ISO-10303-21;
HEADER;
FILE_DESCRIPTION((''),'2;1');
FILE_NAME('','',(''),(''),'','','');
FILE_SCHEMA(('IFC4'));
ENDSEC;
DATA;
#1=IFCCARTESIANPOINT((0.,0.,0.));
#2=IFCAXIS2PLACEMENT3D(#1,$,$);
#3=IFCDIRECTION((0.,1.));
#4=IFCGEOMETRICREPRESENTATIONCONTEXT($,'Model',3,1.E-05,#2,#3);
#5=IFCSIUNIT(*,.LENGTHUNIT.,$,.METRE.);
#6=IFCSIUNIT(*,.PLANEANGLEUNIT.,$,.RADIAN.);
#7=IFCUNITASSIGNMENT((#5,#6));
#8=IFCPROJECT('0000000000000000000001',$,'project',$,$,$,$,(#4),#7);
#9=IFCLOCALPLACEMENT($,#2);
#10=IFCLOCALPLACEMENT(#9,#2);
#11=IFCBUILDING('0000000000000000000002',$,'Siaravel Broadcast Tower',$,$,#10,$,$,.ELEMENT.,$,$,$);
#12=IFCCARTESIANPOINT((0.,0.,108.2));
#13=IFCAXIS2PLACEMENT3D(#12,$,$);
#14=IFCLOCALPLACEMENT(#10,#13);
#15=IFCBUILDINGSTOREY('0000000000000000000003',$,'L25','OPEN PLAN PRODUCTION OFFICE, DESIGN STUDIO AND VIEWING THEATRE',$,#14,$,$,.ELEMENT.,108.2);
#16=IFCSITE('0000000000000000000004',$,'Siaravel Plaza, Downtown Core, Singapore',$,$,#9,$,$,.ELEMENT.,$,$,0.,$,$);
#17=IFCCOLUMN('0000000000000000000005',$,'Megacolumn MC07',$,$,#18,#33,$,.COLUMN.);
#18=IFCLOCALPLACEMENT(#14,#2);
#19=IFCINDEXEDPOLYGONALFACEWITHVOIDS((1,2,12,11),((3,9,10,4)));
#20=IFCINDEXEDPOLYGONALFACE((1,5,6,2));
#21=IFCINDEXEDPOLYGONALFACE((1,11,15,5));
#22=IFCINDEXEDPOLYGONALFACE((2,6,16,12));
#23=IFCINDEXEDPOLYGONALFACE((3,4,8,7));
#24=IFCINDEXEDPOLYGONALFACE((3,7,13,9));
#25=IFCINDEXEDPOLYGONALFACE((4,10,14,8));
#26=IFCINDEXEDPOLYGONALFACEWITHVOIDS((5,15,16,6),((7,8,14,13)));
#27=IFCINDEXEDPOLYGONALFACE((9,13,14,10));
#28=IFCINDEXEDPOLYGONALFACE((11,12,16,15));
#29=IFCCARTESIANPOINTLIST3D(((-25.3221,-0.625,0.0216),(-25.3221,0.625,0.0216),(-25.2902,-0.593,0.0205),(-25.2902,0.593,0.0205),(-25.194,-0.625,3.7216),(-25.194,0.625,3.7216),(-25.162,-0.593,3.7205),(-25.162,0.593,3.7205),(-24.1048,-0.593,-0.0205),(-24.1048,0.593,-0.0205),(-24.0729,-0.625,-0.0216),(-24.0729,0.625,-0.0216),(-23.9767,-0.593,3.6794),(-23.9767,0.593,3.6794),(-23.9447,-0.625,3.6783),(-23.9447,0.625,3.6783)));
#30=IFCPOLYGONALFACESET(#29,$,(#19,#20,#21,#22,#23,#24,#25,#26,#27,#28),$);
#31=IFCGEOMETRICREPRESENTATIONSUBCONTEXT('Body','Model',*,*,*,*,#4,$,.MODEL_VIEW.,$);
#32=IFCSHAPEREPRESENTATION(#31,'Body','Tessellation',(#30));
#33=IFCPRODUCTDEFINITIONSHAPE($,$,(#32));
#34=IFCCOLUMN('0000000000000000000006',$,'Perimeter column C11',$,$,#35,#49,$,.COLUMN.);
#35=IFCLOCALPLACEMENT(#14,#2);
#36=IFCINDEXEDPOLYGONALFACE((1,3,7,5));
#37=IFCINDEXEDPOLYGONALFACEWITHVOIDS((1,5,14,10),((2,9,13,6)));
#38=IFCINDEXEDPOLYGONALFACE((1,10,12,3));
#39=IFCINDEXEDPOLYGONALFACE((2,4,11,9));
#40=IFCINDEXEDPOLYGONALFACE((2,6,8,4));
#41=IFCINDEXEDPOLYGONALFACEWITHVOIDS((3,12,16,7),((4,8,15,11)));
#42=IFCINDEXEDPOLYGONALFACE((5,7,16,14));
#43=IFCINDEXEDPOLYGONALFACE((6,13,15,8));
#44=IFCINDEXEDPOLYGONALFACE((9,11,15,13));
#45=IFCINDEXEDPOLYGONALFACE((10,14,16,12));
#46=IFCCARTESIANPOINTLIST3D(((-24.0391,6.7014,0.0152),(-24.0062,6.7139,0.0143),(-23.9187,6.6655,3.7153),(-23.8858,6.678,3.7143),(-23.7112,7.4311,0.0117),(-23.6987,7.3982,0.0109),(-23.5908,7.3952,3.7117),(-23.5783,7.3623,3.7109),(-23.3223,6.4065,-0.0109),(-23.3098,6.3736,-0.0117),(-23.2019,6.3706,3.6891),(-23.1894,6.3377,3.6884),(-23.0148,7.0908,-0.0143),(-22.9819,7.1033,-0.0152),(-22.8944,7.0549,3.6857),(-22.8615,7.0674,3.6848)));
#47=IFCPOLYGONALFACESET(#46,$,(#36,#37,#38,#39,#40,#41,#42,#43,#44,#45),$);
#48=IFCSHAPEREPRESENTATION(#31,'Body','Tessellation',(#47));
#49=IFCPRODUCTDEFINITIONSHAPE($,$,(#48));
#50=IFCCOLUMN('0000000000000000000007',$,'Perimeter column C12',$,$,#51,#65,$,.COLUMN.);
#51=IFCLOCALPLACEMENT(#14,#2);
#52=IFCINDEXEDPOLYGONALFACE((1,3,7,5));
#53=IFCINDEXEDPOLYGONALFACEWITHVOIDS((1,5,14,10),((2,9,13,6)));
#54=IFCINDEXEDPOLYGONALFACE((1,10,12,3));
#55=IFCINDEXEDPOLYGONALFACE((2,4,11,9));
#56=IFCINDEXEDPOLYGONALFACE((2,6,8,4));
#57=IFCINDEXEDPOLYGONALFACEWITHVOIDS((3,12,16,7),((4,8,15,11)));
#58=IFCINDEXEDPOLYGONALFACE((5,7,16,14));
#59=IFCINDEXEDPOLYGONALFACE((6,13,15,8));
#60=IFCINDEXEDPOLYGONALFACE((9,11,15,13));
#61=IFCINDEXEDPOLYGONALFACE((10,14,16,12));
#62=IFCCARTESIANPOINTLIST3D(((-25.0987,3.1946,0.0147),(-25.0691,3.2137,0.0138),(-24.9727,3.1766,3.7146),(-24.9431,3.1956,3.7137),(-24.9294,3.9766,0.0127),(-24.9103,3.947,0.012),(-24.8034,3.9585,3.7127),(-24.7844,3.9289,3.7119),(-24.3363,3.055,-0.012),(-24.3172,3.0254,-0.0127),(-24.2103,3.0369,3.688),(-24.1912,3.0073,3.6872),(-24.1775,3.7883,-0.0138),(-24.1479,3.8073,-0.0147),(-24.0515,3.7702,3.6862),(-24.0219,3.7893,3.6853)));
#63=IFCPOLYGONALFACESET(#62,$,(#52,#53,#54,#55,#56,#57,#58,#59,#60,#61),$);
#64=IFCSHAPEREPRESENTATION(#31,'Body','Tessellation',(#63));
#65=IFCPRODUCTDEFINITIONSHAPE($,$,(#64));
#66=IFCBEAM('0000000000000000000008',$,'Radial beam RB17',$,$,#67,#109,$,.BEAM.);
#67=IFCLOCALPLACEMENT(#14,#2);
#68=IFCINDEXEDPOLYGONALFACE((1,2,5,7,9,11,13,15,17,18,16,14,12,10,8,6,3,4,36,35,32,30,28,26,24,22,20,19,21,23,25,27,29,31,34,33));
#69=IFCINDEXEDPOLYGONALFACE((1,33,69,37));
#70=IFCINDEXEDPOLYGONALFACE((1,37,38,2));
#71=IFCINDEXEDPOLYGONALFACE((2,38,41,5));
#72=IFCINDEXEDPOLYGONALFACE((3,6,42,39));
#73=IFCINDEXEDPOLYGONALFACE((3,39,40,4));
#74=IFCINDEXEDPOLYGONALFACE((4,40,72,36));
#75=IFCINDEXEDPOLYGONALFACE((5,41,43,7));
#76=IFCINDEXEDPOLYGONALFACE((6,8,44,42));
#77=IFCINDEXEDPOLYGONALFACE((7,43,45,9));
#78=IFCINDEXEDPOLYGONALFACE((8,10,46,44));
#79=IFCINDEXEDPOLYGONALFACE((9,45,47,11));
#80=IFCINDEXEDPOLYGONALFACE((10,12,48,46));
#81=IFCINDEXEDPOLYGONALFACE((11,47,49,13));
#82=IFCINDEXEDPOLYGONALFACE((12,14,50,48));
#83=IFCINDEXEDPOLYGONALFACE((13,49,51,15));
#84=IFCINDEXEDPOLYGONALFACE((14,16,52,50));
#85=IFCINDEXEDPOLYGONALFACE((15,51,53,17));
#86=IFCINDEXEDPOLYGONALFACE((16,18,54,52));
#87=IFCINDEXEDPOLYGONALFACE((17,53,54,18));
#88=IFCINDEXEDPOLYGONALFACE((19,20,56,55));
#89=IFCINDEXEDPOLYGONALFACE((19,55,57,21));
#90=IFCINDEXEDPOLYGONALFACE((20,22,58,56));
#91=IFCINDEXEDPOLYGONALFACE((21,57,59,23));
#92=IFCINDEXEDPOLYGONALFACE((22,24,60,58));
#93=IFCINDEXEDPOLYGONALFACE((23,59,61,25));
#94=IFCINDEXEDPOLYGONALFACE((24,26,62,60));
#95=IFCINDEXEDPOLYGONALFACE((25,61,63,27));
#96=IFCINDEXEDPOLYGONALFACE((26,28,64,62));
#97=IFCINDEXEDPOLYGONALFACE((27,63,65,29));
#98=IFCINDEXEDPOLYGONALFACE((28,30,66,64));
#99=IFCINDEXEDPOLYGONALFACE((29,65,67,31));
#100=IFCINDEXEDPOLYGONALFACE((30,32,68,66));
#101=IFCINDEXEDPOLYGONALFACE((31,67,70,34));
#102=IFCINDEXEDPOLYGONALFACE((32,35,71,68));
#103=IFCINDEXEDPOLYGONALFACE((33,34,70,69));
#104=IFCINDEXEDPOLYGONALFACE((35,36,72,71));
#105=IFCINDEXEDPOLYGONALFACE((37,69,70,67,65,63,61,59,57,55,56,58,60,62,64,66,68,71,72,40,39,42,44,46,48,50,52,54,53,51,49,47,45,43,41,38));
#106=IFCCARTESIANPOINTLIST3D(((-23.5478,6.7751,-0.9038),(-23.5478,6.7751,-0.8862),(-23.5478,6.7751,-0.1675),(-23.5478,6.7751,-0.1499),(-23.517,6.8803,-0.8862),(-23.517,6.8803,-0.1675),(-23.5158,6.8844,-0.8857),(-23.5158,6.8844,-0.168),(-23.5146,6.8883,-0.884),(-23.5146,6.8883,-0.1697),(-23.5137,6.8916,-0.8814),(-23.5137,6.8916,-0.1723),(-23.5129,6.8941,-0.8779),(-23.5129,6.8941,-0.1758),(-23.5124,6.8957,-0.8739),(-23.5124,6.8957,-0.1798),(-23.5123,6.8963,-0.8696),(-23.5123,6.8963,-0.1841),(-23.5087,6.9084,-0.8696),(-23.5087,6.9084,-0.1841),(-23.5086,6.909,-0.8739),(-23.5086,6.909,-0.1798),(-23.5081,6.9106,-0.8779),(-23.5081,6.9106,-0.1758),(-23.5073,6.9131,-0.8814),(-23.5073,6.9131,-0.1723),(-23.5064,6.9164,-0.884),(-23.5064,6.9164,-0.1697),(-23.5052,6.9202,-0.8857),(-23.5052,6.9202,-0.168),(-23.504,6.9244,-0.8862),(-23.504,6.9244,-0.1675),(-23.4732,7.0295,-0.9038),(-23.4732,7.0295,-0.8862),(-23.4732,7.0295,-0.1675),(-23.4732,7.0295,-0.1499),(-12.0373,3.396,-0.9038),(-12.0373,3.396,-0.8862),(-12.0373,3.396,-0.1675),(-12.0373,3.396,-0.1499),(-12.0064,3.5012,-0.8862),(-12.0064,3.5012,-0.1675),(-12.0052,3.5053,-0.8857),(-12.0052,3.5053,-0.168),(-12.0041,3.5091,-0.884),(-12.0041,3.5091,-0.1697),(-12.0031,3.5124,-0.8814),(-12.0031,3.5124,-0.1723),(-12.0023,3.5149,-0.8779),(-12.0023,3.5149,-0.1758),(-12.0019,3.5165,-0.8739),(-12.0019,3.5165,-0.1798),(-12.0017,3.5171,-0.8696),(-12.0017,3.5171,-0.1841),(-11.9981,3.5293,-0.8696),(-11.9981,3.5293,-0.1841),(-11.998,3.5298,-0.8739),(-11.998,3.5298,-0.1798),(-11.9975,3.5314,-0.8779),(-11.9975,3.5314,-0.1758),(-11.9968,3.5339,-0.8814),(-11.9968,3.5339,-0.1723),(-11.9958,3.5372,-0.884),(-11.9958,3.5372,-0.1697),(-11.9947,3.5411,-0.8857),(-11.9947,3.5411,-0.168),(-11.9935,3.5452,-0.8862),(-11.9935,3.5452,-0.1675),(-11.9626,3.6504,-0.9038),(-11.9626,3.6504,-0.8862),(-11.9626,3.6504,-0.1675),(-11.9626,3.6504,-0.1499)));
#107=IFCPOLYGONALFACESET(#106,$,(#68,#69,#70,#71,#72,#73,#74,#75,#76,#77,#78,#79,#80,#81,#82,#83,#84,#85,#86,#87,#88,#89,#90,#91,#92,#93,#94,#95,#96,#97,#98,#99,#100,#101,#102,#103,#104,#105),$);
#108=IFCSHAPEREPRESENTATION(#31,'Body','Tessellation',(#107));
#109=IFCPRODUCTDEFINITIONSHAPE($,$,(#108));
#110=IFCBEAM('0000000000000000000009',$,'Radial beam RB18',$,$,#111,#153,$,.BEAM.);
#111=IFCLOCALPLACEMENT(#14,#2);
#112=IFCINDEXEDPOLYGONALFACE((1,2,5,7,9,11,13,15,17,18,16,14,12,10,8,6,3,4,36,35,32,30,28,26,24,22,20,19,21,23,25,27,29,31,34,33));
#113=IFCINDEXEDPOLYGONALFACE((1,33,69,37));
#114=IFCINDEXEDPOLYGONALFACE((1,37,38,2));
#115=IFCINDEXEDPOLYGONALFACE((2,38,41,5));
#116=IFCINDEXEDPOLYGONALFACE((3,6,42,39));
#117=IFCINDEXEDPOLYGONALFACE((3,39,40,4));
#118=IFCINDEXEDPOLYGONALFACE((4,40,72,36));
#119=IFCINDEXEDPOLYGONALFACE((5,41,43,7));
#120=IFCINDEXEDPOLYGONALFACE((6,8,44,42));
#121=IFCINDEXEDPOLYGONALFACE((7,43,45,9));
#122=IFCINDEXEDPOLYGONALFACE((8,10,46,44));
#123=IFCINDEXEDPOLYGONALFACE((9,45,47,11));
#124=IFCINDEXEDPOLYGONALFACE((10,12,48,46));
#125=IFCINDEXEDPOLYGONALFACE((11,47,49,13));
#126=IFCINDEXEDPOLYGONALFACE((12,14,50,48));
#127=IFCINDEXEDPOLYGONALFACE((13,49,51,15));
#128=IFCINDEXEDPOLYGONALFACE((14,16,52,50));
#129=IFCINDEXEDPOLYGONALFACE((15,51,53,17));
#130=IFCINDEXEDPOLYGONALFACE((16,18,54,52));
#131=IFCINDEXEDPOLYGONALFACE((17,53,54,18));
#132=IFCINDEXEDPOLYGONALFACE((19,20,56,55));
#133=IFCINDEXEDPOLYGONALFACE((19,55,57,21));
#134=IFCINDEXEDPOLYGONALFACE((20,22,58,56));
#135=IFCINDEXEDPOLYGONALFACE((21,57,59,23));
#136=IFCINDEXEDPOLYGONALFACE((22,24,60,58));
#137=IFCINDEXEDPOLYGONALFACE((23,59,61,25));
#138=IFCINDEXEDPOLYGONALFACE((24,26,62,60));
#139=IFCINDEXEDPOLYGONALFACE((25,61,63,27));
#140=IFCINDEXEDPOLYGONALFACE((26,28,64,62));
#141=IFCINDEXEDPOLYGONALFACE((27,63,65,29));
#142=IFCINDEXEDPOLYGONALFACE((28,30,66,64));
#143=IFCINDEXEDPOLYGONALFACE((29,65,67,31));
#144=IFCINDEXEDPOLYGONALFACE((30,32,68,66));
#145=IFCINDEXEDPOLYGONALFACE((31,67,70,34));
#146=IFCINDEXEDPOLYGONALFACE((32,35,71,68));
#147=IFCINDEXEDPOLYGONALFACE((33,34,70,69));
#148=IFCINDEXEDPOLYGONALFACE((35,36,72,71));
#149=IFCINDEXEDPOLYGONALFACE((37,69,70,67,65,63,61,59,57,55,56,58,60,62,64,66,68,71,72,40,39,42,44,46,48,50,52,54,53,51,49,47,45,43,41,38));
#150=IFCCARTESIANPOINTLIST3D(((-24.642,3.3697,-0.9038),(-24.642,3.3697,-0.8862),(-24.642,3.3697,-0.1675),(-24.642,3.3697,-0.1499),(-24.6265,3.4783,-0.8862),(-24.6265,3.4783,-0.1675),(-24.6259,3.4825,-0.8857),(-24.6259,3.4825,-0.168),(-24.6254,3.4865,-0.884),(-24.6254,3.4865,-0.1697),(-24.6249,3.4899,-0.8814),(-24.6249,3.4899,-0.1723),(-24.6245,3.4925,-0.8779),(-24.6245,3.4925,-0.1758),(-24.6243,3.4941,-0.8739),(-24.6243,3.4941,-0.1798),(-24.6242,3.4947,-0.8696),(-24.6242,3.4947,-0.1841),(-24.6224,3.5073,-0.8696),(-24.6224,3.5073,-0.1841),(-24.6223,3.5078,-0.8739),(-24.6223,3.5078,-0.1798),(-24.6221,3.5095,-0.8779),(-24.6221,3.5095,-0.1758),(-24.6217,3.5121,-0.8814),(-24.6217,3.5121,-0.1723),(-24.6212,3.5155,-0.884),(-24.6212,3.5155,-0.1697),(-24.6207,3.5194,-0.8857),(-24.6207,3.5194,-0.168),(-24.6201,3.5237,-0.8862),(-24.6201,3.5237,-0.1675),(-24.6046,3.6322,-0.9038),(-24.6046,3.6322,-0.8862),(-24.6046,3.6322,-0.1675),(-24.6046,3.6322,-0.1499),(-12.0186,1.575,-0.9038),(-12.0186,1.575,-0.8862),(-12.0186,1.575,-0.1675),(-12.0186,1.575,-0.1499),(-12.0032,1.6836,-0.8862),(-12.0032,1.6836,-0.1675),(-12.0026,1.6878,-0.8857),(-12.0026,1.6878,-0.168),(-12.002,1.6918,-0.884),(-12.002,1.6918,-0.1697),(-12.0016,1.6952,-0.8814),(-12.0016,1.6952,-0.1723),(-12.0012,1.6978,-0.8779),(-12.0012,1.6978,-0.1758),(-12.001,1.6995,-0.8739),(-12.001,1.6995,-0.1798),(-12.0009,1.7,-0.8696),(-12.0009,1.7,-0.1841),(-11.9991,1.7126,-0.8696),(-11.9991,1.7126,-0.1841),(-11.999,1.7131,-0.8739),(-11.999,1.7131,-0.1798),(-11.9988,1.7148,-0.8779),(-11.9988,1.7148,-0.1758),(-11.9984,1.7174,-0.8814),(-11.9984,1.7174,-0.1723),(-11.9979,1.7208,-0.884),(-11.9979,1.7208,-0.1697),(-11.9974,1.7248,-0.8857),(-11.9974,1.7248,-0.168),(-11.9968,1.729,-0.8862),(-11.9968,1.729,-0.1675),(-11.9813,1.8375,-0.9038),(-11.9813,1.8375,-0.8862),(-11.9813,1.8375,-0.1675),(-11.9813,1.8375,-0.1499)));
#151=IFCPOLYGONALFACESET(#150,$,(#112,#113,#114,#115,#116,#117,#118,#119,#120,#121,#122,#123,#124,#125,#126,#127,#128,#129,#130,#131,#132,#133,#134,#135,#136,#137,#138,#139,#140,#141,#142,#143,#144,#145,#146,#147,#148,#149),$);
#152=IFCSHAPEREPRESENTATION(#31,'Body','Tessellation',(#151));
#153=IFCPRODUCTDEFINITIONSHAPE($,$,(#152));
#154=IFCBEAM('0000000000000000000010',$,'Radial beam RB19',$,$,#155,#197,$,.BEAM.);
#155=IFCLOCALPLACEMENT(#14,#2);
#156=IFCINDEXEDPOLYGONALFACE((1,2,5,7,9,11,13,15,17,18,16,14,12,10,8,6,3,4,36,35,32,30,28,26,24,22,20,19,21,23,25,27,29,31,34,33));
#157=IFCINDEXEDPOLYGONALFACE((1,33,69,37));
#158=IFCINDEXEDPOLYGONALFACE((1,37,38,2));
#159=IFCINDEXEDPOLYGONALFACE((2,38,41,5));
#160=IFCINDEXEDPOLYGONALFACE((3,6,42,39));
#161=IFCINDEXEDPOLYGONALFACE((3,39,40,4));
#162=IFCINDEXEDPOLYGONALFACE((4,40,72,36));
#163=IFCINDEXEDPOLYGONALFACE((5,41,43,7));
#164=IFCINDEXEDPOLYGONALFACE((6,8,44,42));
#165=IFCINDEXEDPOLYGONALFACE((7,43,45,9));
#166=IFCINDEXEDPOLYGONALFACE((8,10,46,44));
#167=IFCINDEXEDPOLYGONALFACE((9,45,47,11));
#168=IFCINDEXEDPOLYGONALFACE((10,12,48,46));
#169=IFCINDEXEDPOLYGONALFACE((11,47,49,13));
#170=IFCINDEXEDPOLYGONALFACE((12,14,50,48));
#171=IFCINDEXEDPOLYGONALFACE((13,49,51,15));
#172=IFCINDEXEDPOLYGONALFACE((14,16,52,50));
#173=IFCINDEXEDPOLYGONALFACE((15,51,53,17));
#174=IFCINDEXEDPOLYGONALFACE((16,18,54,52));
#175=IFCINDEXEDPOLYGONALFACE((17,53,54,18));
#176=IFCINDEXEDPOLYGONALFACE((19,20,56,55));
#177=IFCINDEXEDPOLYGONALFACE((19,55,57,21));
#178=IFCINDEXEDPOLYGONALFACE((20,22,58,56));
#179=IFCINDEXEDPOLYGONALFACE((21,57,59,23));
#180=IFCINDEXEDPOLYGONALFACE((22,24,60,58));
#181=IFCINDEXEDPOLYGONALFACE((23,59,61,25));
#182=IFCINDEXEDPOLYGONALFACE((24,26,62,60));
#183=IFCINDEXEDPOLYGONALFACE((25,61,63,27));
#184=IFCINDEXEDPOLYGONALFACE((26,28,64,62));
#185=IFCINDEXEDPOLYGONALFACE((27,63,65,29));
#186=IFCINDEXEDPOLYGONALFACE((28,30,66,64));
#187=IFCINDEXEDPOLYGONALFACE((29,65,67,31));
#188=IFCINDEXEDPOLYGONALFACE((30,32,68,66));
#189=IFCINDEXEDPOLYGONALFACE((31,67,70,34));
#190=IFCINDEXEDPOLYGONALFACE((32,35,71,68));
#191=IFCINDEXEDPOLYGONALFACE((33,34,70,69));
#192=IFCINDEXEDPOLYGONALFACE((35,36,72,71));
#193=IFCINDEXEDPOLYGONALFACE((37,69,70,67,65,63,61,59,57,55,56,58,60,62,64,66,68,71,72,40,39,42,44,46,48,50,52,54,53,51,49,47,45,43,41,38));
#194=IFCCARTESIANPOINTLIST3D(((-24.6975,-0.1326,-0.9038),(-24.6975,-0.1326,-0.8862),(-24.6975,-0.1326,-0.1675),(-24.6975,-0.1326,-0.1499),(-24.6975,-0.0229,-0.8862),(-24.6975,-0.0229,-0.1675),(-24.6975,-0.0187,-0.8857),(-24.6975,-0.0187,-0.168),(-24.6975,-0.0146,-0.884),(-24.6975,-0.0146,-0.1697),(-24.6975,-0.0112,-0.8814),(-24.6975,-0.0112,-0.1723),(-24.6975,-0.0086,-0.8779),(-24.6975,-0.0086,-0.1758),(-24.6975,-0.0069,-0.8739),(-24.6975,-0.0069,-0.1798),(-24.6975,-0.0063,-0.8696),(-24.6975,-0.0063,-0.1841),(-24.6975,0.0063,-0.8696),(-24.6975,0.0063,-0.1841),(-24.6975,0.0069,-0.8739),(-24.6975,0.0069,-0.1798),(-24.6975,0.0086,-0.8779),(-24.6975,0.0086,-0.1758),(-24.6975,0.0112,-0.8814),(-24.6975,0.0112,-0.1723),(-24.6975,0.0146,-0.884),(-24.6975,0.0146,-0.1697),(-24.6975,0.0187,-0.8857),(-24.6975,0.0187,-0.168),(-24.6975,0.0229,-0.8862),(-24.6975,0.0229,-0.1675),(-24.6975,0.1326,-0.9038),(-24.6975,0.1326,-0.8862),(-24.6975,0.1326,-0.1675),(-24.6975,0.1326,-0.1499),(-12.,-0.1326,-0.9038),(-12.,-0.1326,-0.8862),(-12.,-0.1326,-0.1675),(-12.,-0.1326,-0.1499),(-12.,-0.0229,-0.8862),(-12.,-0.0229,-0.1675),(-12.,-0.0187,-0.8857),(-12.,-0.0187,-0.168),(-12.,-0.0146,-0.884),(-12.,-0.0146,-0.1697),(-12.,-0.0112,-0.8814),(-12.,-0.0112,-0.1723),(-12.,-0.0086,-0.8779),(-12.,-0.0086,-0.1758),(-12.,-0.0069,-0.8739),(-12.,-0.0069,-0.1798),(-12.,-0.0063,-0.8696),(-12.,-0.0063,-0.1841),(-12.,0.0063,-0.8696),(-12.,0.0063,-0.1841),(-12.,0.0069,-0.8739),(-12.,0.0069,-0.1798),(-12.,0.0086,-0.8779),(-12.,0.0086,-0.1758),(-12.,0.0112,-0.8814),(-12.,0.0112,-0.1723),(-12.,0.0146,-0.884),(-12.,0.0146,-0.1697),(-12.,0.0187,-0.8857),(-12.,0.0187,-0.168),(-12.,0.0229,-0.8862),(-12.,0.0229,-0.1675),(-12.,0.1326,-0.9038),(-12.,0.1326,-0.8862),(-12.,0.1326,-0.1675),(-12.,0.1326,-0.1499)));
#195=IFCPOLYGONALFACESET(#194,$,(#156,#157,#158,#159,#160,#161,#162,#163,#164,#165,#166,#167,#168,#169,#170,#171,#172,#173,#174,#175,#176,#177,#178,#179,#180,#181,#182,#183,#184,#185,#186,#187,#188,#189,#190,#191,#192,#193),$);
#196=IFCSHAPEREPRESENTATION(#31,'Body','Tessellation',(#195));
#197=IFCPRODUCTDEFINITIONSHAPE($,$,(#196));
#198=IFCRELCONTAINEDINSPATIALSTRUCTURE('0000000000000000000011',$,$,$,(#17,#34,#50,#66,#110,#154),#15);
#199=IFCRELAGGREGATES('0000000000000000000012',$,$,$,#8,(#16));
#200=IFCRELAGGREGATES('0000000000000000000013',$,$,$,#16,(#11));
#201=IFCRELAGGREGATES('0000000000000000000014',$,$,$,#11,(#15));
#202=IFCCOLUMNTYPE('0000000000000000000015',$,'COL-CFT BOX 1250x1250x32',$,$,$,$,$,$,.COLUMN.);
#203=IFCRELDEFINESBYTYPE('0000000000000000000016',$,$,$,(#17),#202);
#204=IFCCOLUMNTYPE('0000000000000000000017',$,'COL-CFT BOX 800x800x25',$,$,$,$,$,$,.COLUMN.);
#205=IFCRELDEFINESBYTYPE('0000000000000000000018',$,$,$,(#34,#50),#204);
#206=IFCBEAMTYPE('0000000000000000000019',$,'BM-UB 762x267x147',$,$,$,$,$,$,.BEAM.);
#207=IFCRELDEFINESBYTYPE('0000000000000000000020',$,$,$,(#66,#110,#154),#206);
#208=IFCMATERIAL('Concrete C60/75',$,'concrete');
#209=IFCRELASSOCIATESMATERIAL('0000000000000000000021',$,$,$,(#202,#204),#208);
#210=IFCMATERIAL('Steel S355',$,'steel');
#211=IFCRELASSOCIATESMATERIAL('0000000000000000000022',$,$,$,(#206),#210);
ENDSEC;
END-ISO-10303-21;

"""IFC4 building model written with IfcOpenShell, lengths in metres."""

from ifc_helpers import new_model, si_unit, direction, frame, origin, origin_2d, place, context, subcontext, project, spatial, hollow_rectangle, i_section, extrude, material, material_profile, profile_set, type_object, element, save


model = new_model("IFC4")

# Units and contexts
model_context = context("Model", 3, precision=1e-05, world=origin(), true_north=direction((0.0, 1.0)))
body_context = subcontext(model_context, "Body", "Model", "MODEL_VIEW")
ifc_project = project(units=[si_unit("LENGTHUNIT", "METRE"), si_unit("PLANEANGLEUNIT", "RADIAN")], contexts=[model_context])

# Site, building, storey
site_placement = place(None, origin())
site = spatial("IfcSite", under=ifc_project, at=site_placement, Name="Siaravel Plaza, Downtown Core, Singapore", CompositionType="ELEMENT", RefElevation=0.0)
building_placement = place(site_placement, origin())
building = spatial("IfcBuilding", under=site, at=building_placement, Name="Siaravel Broadcast Tower", CompositionType="ELEMENT")
storey_placement = place(building_placement, frame((0.0, 0.0, 108.2)))
storey = spatial("IfcBuildingStorey", under=building, at=storey_placement, Name="L25", Description="OPEN PLAN PRODUCTION OFFICE, DESIGN STUDIO AND VIEWING THEATRE", CompositionType="ELEMENT", Elevation=108.2)

# Columns
ifc_material_1 = material(Name="Concrete C60/75", Category="concrete")
ifc_material_profile_1 = material_profile(ifc_material_1, hollow_rectangle(XDim=1.25, YDim=1.25, WallThickness=0.032, at=origin_2d()))
ifc_profile_set_1 = profile_set([ifc_material_profile_1], Name="Concrete C60/75")
column_type_1 = type_object("IfcColumnType", Name="COL-CFT BOX 1250x1250x32", PredefinedType="COLUMN", material=ifc_profile_set_1)
column_placement = place(storey_placement, frame((-24.6975, 0.0, 0.0), z_axis=(0.034621, 0.0, 0.999401), x_axis=(0.0, 1.0, 0.0)))
element("IfcColumn", 1, at=column_placement, inside=storey, type_object=column_type_1, Name="Megacolumn MC07", PredefinedType="COLUMN", context=body_context, shape_type="SweptSolid", body=[
    extrude(hollow_rectangle(XDim=1.25, YDim=1.25, WallThickness=0.032, at=origin_2d()), origin(), (0.0, 0.0, 1.0), 3.7021),
])
ifc_material_profile_2 = material_profile(ifc_material_1, hollow_rectangle(XDim=0.8, YDim=0.8, WallThickness=0.0249, at=origin_2d()))
ifc_profile_set_2 = profile_set([ifc_material_profile_2], Name="Concrete C60/75")
column_type_2 = type_object("IfcColumnType", Name="COL-CFT BOX 800x800x25", PredefinedType="COLUMN", material=ifc_profile_set_2)
for number, where, z_axis, x_axis, name in (
    (2, (-23.5105, 6.9023, 0.0), (0.032512, -0.009694, 0.999424), (0.409838, 0.912147, -0.004485), "Perimeter column C11"),
    (3, (-24.6233, 3.501, 0.0), (0.034028, -0.00488, 0.999409), (0.211577, 0.977358, -0.002431), "Perimeter column C12"),
):
    element("IfcColumn", number, at=place(storey_placement, frame(where, z_axis=z_axis, x_axis=x_axis)), inside=storey, type_object=column_type_2, Name=name, PredefinedType="COLUMN", context=body_context, shape_type="SweptSolid", body=[
        extrude(hollow_rectangle(XDim=0.8, YDim=0.8, WallThickness=0.0249, at=origin_2d()), origin(), (0.0, 0.0, 1.0), 3.7021),
    ])

# Beams
ifc_material_2 = material(Name="Steel S355", Category="steel")
ifc_material_profile_3 = material_profile(ifc_material_2, i_section(OverallWidth=0.2651, OverallDepth=0.7539, WebThickness=0.0127, FlangeThickness=0.0176, FilletRadius=0.0166, at=origin_2d()))
ifc_profile_set_3 = profile_set([ifc_material_profile_3], Name="Steel S355")
beam_type = type_object("IfcBeamType", Name="BM-UB 762x267x147", PredefinedType="BEAM", material=ifc_profile_set_3)
beam_1_placement = place(storey_placement, frame((-23.5105, 6.9023, -0.5269), z_axis=(0.959507, -0.281684, 0.0), x_axis=(0.281684, 0.959507, 0.0)))
element("IfcBeam", 4, at=beam_1_placement, inside=storey, type_object=beam_type, Name="Radial beam RB17", PredefinedType="BEAM", context=body_context, shape_type="SweptSolid", body=[
    extrude(i_section(OverallWidth=0.2651, OverallDepth=0.7539, WebThickness=0.0127, FlangeThickness=0.0176, FilletRadius=0.0166, at=origin_2d()), origin(), (0.0, 0.0, 1.0), 11.9963),
])
beam_2_placement = place(storey_placement, frame((-24.6233, 3.501, -0.5269), z_axis=(0.990044, -0.140757, 0.0), x_axis=(0.140757, 0.990044, 0.0)))
element("IfcBeam", 5, at=beam_2_placement, inside=storey, type_object=beam_type, Name="Radial beam RB18", PredefinedType="BEAM", context=body_context, shape_type="SweptSolid", body=[
    extrude(i_section(OverallWidth=0.2651, OverallDepth=0.7539, WebThickness=0.0127, FlangeThickness=0.0176, FilletRadius=0.0166, at=origin_2d()), origin(), (0.0, 0.0, 1.0), 12.7502),
])
beam_3_placement = place(storey_placement, frame((-24.6975, 0.0, -0.5269), z_axis=(1.0, 0.0, 0.0), x_axis=(0.0, 1.0, 0.0)))
element("IfcBeam", 6, at=beam_3_placement, inside=storey, type_object=beam_type, Name="Radial beam RB19", PredefinedType="BEAM", context=body_context, shape_type="SweptSolid", body=[
    extrude(i_section(OverallWidth=0.2651, OverallDepth=0.7539, WebThickness=0.0127, FlangeThickness=0.0176, FilletRadius=0.0166, at=origin_2d()), origin(), (0.0, 0.0, 1.0), 12.6975),
])

save(model, "model.ifc")
